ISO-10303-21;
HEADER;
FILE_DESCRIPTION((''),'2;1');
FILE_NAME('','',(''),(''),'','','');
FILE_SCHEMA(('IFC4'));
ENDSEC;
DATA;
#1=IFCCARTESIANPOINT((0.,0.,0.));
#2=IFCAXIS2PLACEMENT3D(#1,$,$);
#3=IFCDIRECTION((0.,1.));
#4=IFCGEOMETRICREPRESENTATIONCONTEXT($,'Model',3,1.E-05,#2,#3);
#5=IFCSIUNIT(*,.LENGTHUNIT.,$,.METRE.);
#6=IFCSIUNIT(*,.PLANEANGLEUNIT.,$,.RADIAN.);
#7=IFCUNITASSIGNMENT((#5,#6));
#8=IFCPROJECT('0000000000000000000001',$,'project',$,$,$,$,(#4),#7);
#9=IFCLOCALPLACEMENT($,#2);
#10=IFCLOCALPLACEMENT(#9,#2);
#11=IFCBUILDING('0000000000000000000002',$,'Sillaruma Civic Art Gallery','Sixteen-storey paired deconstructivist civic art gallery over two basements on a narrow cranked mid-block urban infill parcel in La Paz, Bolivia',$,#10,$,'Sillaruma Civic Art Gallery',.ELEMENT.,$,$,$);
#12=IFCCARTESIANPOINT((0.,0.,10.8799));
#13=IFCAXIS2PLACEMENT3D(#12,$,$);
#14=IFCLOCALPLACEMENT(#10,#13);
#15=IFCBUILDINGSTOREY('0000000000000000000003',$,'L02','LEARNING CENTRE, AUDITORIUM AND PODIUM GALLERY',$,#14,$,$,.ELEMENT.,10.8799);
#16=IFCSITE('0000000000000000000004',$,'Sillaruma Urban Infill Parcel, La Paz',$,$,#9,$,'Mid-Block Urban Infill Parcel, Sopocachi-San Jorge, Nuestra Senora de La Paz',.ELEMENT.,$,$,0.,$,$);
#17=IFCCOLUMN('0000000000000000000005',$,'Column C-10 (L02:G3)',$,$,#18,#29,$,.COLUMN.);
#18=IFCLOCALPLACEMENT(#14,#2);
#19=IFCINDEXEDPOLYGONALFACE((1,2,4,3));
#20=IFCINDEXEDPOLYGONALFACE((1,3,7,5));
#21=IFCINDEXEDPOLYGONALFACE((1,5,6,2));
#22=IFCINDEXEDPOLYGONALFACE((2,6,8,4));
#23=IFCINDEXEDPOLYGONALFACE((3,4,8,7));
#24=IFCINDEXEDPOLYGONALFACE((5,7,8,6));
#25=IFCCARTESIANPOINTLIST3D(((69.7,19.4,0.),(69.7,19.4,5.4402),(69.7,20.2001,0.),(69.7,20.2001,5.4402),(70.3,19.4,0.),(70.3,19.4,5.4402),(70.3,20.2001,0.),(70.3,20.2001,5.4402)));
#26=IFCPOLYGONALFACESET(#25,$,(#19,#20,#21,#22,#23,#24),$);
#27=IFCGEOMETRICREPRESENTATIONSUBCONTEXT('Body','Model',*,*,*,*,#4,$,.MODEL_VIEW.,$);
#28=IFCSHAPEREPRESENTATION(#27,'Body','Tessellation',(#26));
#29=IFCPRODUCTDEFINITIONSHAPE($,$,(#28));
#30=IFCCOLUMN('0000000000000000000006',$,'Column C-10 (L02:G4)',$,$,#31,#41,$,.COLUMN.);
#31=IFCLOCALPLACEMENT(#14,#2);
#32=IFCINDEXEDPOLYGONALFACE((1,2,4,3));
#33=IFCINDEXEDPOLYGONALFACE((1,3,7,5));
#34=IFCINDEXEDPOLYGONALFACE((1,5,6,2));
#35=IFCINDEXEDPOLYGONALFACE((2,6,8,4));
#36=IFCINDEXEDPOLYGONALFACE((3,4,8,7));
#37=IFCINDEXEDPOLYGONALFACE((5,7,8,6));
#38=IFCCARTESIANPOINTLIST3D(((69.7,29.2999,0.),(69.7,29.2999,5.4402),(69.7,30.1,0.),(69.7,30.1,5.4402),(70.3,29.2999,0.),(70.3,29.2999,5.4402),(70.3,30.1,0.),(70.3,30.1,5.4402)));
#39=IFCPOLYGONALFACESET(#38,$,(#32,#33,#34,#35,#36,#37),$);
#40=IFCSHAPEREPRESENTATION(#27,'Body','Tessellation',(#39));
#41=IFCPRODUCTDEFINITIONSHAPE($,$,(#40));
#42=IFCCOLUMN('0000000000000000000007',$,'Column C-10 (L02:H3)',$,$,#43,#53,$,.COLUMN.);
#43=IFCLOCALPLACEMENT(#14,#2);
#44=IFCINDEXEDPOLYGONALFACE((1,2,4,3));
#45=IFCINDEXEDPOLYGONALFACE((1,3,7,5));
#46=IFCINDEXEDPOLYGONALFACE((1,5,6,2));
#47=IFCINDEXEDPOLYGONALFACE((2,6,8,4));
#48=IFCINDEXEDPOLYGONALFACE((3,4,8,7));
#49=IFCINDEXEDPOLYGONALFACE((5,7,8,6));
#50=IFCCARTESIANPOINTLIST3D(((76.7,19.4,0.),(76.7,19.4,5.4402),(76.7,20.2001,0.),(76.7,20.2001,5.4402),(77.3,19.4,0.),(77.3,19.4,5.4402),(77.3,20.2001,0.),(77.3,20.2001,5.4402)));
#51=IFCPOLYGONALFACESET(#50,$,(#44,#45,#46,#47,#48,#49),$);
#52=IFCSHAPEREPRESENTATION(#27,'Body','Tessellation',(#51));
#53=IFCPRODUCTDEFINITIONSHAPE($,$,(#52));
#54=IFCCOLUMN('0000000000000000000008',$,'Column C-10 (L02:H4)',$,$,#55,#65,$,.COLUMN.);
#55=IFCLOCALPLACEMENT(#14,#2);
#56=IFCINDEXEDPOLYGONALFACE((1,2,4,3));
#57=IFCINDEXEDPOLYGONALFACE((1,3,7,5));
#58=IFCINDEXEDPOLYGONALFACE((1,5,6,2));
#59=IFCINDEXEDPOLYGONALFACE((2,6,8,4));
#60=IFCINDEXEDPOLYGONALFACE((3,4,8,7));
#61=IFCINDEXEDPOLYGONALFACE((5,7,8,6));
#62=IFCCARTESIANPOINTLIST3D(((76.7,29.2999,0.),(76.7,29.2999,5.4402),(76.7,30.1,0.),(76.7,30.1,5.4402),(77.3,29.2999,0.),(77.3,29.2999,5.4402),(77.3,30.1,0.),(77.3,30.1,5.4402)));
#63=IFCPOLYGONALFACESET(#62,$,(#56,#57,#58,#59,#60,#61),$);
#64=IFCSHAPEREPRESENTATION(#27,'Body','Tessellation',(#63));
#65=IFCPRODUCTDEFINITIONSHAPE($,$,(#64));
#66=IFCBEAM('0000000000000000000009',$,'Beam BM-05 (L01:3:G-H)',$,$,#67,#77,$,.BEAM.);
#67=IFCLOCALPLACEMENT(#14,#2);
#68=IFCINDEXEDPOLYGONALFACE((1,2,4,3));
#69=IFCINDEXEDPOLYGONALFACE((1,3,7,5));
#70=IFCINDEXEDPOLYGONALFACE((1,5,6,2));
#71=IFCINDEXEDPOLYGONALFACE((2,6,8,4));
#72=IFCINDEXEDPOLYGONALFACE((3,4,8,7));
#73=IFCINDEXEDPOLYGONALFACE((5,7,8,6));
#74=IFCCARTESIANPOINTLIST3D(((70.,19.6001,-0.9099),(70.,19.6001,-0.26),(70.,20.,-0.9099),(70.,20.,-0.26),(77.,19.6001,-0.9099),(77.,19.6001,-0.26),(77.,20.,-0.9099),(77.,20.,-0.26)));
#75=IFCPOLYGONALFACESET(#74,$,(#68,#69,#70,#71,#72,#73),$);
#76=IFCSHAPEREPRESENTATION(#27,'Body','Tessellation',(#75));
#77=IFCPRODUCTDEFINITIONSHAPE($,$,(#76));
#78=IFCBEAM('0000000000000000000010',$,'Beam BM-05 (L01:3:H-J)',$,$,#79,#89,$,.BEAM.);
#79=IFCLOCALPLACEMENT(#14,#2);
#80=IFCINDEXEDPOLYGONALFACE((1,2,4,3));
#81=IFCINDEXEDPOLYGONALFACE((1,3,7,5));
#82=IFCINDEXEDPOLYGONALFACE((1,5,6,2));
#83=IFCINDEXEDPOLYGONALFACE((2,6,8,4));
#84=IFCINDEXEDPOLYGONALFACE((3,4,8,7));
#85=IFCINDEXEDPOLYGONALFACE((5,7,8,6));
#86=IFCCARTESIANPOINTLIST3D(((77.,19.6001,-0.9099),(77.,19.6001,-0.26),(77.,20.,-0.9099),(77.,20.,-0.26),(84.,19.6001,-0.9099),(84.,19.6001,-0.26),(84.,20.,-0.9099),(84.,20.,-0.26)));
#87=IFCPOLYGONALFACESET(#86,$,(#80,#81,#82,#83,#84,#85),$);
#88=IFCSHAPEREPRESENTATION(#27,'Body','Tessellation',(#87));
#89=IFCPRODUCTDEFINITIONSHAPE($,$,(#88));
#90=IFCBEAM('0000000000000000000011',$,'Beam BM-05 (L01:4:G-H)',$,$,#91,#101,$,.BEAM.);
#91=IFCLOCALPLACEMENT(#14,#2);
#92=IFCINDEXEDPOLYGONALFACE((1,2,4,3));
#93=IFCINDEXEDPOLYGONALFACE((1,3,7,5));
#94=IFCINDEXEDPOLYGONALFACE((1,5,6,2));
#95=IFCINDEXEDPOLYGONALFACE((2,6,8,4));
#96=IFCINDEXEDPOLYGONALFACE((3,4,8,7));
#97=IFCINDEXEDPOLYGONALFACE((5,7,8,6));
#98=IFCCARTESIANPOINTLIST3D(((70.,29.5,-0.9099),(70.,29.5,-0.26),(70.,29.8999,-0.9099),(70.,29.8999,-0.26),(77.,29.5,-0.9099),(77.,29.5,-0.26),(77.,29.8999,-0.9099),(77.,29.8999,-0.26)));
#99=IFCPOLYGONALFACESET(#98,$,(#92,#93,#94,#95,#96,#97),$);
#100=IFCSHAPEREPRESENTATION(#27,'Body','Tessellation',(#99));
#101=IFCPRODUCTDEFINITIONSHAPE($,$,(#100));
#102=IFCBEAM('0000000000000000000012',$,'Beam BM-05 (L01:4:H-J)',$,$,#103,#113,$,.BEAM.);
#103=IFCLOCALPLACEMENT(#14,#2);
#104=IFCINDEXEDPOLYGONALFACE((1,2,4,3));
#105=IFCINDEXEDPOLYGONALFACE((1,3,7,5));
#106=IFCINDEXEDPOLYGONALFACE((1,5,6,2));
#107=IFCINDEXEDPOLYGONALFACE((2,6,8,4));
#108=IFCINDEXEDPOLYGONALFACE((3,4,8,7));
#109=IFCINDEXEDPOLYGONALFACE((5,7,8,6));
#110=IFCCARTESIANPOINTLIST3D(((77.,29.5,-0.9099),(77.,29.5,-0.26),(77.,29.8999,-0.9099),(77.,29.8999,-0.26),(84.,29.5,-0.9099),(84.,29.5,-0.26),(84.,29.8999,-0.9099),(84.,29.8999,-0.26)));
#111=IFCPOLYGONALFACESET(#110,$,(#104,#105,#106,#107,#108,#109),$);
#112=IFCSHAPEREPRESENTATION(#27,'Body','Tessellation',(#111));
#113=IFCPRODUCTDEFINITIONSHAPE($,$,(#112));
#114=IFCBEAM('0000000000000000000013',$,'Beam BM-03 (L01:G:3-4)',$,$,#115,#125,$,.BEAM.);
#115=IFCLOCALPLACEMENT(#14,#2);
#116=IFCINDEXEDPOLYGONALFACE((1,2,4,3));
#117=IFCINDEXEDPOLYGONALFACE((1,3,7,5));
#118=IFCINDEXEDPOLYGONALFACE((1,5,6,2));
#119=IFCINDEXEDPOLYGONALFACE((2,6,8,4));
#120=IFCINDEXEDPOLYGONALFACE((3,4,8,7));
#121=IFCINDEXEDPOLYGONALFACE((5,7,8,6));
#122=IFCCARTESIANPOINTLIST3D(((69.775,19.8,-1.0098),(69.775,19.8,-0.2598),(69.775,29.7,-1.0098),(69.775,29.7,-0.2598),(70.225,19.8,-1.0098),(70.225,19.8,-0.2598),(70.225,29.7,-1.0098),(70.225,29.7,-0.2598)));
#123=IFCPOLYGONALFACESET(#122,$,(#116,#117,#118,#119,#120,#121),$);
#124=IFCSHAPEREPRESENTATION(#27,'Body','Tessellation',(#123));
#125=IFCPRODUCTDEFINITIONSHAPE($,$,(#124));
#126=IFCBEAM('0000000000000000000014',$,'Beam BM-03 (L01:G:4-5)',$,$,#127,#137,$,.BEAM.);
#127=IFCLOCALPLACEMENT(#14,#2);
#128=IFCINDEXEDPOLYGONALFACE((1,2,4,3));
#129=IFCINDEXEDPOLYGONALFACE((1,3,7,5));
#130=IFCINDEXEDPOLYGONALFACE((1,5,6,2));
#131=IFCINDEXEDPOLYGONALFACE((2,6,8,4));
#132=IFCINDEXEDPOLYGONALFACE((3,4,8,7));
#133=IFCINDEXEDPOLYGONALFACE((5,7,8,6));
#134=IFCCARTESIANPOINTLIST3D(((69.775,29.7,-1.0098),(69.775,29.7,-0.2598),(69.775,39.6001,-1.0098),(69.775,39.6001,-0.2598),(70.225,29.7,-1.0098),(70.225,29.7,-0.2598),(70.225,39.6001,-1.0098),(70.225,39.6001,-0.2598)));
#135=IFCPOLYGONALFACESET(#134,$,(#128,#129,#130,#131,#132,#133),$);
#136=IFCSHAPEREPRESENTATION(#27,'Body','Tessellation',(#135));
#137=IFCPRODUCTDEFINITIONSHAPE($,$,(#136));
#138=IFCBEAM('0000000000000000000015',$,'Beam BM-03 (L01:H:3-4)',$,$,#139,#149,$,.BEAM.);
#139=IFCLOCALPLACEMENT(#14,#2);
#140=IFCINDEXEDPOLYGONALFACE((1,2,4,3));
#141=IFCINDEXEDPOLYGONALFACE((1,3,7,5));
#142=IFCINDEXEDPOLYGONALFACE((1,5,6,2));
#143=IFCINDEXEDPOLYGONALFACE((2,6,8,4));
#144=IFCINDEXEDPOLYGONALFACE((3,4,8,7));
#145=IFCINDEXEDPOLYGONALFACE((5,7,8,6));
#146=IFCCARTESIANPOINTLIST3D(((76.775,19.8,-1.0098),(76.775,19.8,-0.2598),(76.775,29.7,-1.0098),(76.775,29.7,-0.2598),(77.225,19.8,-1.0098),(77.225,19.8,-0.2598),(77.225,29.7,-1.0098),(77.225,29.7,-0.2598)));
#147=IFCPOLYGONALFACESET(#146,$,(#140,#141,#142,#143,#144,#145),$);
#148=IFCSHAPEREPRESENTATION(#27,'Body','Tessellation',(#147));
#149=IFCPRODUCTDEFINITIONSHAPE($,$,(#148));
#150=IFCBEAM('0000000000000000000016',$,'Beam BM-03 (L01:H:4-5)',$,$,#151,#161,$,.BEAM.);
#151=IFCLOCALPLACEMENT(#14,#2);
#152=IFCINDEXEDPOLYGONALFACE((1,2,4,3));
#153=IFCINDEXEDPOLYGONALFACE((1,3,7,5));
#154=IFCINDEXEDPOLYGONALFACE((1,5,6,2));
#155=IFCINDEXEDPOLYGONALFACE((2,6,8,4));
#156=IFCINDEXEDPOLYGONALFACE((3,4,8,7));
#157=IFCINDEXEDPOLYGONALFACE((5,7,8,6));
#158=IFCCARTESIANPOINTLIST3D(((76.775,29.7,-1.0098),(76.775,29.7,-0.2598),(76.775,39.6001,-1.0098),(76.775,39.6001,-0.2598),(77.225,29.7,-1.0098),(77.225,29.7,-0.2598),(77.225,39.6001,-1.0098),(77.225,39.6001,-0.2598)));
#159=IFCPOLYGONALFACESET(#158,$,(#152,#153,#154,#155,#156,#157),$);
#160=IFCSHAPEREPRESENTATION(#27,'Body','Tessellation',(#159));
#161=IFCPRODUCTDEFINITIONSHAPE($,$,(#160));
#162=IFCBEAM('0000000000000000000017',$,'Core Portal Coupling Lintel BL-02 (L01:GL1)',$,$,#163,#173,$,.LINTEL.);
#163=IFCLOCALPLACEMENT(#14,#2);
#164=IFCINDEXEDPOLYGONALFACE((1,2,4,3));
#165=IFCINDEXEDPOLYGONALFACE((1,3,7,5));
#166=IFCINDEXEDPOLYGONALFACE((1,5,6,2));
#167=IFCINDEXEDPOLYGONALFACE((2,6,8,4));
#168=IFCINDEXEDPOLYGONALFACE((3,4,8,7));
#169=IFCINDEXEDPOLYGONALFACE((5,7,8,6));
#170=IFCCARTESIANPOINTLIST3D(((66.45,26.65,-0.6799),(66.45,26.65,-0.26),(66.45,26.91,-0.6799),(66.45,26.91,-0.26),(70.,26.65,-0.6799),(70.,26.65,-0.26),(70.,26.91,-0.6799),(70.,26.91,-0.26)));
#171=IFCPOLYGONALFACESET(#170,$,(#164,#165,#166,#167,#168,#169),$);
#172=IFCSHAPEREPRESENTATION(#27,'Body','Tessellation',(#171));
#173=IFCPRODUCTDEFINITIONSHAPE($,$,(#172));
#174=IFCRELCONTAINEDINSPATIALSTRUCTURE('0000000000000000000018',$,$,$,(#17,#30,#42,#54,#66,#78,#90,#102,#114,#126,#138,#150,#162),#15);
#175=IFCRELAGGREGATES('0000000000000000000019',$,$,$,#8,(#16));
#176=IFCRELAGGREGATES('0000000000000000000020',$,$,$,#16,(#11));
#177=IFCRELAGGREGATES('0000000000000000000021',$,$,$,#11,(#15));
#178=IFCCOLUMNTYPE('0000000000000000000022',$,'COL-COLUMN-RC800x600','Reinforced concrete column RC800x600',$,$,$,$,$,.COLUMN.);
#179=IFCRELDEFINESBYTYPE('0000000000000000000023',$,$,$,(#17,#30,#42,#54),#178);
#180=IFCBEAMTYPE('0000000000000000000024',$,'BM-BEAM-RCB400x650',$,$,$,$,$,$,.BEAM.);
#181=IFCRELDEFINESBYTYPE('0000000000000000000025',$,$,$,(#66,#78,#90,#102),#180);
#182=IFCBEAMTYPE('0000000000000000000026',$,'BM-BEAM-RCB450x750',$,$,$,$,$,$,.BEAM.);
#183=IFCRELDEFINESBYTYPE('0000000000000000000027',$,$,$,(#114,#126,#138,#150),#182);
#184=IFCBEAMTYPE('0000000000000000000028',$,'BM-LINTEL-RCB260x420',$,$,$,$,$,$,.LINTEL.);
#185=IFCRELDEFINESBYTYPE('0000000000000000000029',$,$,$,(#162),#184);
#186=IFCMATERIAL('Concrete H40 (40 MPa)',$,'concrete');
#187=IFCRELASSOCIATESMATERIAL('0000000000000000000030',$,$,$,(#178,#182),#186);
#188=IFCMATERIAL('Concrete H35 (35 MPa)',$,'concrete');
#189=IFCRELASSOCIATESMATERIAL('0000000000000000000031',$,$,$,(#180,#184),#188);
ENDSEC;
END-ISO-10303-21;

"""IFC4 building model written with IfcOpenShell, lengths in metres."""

from ifc_helpers import new_model, si_unit, direction, frame, origin, origin_2d, place, context, subcontext, project, spatial, rectangle, extrude, material, material_profile, profile_set, type_object, element, save


model = new_model("IFC4")

# Units and contexts
model_context = context("Model", 3, precision=1e-05, world=origin(), true_north=direction((0.0, 1.0)))
body_context = subcontext(model_context, "Body", "Model", "MODEL_VIEW")
ifc_project = project(units=[si_unit("LENGTHUNIT", "METRE"), si_unit("PLANEANGLEUNIT", "RADIAN")], contexts=[model_context])

# Site, building, storey
site_placement = place(None, origin())
site = spatial("IfcSite", under=ifc_project, at=site_placement, Name="Sillaruma Urban Infill Parcel, La Paz", LongName="Mid-Block Urban Infill Parcel, Sopocachi-San Jorge, Nuestra Senora de La Paz", CompositionType="ELEMENT", RefElevation=0.0)
building_placement = place(site_placement, origin())
building = spatial("IfcBuilding", under=site, at=building_placement, Name="Sillaruma Civic Art Gallery", Description="Sixteen-storey paired deconstructivist civic art gallery over two basements on a narrow cranked mid-block urban infill parcel in La Paz, Bolivia", LongName="Sillaruma Civic Art Gallery", CompositionType="ELEMENT")
storey_placement = place(building_placement, frame((0.0, 0.0, 10.8799)))
storey = spatial("IfcBuildingStorey", under=building, at=storey_placement, Name="L02", Description="LEARNING CENTRE, AUDITORIUM AND PODIUM GALLERY", CompositionType="ELEMENT", Elevation=10.8799)

# Columns
ifc_material_1 = material(Name="Concrete H40 (40 MPa)", Category="concrete")
ifc_material_profile_1 = material_profile(ifc_material_1, rectangle(XDim=0.6001, YDim=0.8, at=origin_2d()), Name="RC800x600")
ifc_profile_set_1 = profile_set([ifc_material_profile_1], Name="Concrete H40 (40 MPa)")
column_type = type_object("IfcColumnType", Name="COL-COLUMN-RC800x600", Description="Reinforced concrete column RC800x600", PredefinedType="COLUMN", material=ifc_profile_set_1)
for number, where, z_axis, x_axis, name in (
    (1, (70.0, 19.8, 0.0), (0.0, 0.0, 1.0), (1.0, 0.0, 0.0), "Column C-10 (L02:G3)"),
    (2, (70.0, 29.7, 0.0), (0.0, 0.0, 1.0), (1.0, 0.0, 0.0), "Column C-10 (L02:G4)"),
    (3, (77.0, 19.8, 0.0), (0.0, 0.0, 1.0), (1.0, 0.0, 0.0), "Column C-10 (L02:H3)"),
    (4, (77.0, 29.7, 0.0), (0.0, 0.0, 1.0), (1.0, 0.0, 0.0), "Column C-10 (L02:H4)"),
):
    element("IfcColumn", number, at=place(storey_placement, frame(where, z_axis=z_axis, x_axis=x_axis)), inside=storey, type_object=column_type, Name=name, PredefinedType="COLUMN", context=body_context, shape_type="SweptSolid", body=[
        extrude(rectangle(XDim=0.6001, YDim=0.8, at=origin_2d()), origin(), (0.0, 0.0, 1.0), 5.4402),
    ])

# Beams
ifc_material_2 = material(Name="Concrete H35 (35 MPa)", Category="concrete")
ifc_material_profile_2 = material_profile(ifc_material_2, rectangle(XDim=0.3999, YDim=0.6499, at=origin_2d()), Name="RCB400x650")
ifc_profile_set_2 = profile_set([ifc_material_profile_2], Name="Concrete H35 (35 MPa)")
beam_type_1 = type_object("IfcBeamType", Name="BM-BEAM-RCB400x650", PredefinedType="BEAM", material=ifc_profile_set_2)
for number, where, z_axis, x_axis, name in (
    (5, (70.0, 19.8, -0.585), (1.0, 0.0, 0.0), (0.0, 1.0, 0.0), "Beam BM-05 (L01:3:G-H)"),
    (6, (77.0, 19.8, -0.585), (1.0, 0.0, 0.0), (0.0, 1.0, 0.0), "Beam BM-05 (L01:3:H-J)"),
    (7, (70.0, 29.7, -0.585), (1.0, 0.0, 0.0), (0.0, 1.0, 0.0), "Beam BM-05 (L01:4:G-H)"),
    (8, (77.0, 29.7, -0.585), (1.0, 0.0, 0.0), (0.0, 1.0, 0.0), "Beam BM-05 (L01:4:H-J)"),
):
    element("IfcBeam", number, at=place(storey_placement, frame(where, z_axis=z_axis, x_axis=x_axis)), inside=storey, type_object=beam_type_1, Name=name, PredefinedType="BEAM", context=body_context, shape_type="SweptSolid", body=[
        extrude(rectangle(XDim=0.3999, YDim=0.6499, at=origin_2d()), origin(), (0.0, 0.0, 1.0), 7.0),
    ])
ifc_material_profile_3 = material_profile(ifc_material_1, rectangle(XDim=0.45, YDim=0.75, at=origin_2d()), Name="RCB450x750")
ifc_profile_set_3 = profile_set([ifc_material_profile_3], Name="Concrete H40 (40 MPa)")
beam_type_2 = type_object("IfcBeamType", Name="BM-BEAM-RCB450x750", PredefinedType="BEAM", material=ifc_profile_set_3)
beam_1_placement = place(storey_placement, frame((70.0, 19.8, -0.6348), z_axis=(0.0, 1.0, 0.0), x_axis=(-1.0, 0.0, 0.0)))
element("IfcBeam", 9, at=beam_1_placement, inside=storey, type_object=beam_type_2, Name="Beam BM-03 (L01:G:3-4)", PredefinedType="BEAM", context=body_context, shape_type="SweptSolid", body=[
    extrude(rectangle(XDim=0.45, YDim=0.75, at=origin_2d()), origin(), (0.0, 0.0, 1.0), 9.8999),
])
beam_2_placement = place(storey_placement, frame((70.0, 29.7, -0.6348), z_axis=(0.0, 1.0, 0.0), x_axis=(-1.0, 0.0, 0.0)))
element("IfcBeam", 10, at=beam_2_placement, inside=storey, type_object=beam_type_2, Name="Beam BM-03 (L01:G:4-5)", PredefinedType="BEAM", context=body_context, shape_type="SweptSolid", body=[
    extrude(rectangle(XDim=0.45, YDim=0.75, at=origin_2d()), origin(), (0.0, 0.0, 1.0), 9.9001),
])
beam_3_placement = place(storey_placement, frame((77.0, 19.8, -0.6348), z_axis=(0.0, 1.0, 0.0), x_axis=(-1.0, 0.0, 0.0)))
element("IfcBeam", 11, at=beam_3_placement, inside=storey, type_object=beam_type_2, Name="Beam BM-03 (L01:H:3-4)", PredefinedType="BEAM", context=body_context, shape_type="SweptSolid", body=[
    extrude(rectangle(XDim=0.45, YDim=0.75, at=origin_2d()), origin(), (0.0, 0.0, 1.0), 9.8999),
])
beam_4_placement = place(storey_placement, frame((77.0, 29.7, -0.6348), z_axis=(0.0, 1.0, 0.0), x_axis=(-1.0, 0.0, 0.0)))
element("IfcBeam", 12, at=beam_4_placement, inside=storey, type_object=beam_type_2, Name="Beam BM-03 (L01:H:4-5)", PredefinedType="BEAM", context=body_context, shape_type="SweptSolid", body=[
    extrude(rectangle(XDim=0.45, YDim=0.75, at=origin_2d()), origin(), (0.0, 0.0, 1.0), 9.9001),
])
ifc_material_profile_4 = material_profile(ifc_material_2, rectangle(XDim=0.26, YDim=0.4199, at=origin_2d()), Name="RCB260x420")
ifc_profile_set_4 = profile_set([ifc_material_profile_4], Name="Concrete H35 (35 MPa)")
beam_type_3 = type_object("IfcBeamType", Name="BM-LINTEL-RCB260x420", PredefinedType="LINTEL", material=ifc_profile_set_4)
beam_5_placement = place(storey_placement, frame((66.45, 26.78, -0.47), z_axis=(1.0, 0.0, 0.0), x_axis=(0.0, 1.0, 0.0)))
element("IfcBeam", 13, at=beam_5_placement, inside=storey, type_object=beam_type_3, Name="Core Portal Coupling Lintel BL-02 (L01:GL1)", PredefinedType="LINTEL", context=body_context, shape_type="SweptSolid", body=[
    extrude(rectangle(XDim=0.26, YDim=0.4199, at=origin_2d()), origin(), (0.0, 0.0, 1.0), 3.55),
])

save(model, "model.ifc")
